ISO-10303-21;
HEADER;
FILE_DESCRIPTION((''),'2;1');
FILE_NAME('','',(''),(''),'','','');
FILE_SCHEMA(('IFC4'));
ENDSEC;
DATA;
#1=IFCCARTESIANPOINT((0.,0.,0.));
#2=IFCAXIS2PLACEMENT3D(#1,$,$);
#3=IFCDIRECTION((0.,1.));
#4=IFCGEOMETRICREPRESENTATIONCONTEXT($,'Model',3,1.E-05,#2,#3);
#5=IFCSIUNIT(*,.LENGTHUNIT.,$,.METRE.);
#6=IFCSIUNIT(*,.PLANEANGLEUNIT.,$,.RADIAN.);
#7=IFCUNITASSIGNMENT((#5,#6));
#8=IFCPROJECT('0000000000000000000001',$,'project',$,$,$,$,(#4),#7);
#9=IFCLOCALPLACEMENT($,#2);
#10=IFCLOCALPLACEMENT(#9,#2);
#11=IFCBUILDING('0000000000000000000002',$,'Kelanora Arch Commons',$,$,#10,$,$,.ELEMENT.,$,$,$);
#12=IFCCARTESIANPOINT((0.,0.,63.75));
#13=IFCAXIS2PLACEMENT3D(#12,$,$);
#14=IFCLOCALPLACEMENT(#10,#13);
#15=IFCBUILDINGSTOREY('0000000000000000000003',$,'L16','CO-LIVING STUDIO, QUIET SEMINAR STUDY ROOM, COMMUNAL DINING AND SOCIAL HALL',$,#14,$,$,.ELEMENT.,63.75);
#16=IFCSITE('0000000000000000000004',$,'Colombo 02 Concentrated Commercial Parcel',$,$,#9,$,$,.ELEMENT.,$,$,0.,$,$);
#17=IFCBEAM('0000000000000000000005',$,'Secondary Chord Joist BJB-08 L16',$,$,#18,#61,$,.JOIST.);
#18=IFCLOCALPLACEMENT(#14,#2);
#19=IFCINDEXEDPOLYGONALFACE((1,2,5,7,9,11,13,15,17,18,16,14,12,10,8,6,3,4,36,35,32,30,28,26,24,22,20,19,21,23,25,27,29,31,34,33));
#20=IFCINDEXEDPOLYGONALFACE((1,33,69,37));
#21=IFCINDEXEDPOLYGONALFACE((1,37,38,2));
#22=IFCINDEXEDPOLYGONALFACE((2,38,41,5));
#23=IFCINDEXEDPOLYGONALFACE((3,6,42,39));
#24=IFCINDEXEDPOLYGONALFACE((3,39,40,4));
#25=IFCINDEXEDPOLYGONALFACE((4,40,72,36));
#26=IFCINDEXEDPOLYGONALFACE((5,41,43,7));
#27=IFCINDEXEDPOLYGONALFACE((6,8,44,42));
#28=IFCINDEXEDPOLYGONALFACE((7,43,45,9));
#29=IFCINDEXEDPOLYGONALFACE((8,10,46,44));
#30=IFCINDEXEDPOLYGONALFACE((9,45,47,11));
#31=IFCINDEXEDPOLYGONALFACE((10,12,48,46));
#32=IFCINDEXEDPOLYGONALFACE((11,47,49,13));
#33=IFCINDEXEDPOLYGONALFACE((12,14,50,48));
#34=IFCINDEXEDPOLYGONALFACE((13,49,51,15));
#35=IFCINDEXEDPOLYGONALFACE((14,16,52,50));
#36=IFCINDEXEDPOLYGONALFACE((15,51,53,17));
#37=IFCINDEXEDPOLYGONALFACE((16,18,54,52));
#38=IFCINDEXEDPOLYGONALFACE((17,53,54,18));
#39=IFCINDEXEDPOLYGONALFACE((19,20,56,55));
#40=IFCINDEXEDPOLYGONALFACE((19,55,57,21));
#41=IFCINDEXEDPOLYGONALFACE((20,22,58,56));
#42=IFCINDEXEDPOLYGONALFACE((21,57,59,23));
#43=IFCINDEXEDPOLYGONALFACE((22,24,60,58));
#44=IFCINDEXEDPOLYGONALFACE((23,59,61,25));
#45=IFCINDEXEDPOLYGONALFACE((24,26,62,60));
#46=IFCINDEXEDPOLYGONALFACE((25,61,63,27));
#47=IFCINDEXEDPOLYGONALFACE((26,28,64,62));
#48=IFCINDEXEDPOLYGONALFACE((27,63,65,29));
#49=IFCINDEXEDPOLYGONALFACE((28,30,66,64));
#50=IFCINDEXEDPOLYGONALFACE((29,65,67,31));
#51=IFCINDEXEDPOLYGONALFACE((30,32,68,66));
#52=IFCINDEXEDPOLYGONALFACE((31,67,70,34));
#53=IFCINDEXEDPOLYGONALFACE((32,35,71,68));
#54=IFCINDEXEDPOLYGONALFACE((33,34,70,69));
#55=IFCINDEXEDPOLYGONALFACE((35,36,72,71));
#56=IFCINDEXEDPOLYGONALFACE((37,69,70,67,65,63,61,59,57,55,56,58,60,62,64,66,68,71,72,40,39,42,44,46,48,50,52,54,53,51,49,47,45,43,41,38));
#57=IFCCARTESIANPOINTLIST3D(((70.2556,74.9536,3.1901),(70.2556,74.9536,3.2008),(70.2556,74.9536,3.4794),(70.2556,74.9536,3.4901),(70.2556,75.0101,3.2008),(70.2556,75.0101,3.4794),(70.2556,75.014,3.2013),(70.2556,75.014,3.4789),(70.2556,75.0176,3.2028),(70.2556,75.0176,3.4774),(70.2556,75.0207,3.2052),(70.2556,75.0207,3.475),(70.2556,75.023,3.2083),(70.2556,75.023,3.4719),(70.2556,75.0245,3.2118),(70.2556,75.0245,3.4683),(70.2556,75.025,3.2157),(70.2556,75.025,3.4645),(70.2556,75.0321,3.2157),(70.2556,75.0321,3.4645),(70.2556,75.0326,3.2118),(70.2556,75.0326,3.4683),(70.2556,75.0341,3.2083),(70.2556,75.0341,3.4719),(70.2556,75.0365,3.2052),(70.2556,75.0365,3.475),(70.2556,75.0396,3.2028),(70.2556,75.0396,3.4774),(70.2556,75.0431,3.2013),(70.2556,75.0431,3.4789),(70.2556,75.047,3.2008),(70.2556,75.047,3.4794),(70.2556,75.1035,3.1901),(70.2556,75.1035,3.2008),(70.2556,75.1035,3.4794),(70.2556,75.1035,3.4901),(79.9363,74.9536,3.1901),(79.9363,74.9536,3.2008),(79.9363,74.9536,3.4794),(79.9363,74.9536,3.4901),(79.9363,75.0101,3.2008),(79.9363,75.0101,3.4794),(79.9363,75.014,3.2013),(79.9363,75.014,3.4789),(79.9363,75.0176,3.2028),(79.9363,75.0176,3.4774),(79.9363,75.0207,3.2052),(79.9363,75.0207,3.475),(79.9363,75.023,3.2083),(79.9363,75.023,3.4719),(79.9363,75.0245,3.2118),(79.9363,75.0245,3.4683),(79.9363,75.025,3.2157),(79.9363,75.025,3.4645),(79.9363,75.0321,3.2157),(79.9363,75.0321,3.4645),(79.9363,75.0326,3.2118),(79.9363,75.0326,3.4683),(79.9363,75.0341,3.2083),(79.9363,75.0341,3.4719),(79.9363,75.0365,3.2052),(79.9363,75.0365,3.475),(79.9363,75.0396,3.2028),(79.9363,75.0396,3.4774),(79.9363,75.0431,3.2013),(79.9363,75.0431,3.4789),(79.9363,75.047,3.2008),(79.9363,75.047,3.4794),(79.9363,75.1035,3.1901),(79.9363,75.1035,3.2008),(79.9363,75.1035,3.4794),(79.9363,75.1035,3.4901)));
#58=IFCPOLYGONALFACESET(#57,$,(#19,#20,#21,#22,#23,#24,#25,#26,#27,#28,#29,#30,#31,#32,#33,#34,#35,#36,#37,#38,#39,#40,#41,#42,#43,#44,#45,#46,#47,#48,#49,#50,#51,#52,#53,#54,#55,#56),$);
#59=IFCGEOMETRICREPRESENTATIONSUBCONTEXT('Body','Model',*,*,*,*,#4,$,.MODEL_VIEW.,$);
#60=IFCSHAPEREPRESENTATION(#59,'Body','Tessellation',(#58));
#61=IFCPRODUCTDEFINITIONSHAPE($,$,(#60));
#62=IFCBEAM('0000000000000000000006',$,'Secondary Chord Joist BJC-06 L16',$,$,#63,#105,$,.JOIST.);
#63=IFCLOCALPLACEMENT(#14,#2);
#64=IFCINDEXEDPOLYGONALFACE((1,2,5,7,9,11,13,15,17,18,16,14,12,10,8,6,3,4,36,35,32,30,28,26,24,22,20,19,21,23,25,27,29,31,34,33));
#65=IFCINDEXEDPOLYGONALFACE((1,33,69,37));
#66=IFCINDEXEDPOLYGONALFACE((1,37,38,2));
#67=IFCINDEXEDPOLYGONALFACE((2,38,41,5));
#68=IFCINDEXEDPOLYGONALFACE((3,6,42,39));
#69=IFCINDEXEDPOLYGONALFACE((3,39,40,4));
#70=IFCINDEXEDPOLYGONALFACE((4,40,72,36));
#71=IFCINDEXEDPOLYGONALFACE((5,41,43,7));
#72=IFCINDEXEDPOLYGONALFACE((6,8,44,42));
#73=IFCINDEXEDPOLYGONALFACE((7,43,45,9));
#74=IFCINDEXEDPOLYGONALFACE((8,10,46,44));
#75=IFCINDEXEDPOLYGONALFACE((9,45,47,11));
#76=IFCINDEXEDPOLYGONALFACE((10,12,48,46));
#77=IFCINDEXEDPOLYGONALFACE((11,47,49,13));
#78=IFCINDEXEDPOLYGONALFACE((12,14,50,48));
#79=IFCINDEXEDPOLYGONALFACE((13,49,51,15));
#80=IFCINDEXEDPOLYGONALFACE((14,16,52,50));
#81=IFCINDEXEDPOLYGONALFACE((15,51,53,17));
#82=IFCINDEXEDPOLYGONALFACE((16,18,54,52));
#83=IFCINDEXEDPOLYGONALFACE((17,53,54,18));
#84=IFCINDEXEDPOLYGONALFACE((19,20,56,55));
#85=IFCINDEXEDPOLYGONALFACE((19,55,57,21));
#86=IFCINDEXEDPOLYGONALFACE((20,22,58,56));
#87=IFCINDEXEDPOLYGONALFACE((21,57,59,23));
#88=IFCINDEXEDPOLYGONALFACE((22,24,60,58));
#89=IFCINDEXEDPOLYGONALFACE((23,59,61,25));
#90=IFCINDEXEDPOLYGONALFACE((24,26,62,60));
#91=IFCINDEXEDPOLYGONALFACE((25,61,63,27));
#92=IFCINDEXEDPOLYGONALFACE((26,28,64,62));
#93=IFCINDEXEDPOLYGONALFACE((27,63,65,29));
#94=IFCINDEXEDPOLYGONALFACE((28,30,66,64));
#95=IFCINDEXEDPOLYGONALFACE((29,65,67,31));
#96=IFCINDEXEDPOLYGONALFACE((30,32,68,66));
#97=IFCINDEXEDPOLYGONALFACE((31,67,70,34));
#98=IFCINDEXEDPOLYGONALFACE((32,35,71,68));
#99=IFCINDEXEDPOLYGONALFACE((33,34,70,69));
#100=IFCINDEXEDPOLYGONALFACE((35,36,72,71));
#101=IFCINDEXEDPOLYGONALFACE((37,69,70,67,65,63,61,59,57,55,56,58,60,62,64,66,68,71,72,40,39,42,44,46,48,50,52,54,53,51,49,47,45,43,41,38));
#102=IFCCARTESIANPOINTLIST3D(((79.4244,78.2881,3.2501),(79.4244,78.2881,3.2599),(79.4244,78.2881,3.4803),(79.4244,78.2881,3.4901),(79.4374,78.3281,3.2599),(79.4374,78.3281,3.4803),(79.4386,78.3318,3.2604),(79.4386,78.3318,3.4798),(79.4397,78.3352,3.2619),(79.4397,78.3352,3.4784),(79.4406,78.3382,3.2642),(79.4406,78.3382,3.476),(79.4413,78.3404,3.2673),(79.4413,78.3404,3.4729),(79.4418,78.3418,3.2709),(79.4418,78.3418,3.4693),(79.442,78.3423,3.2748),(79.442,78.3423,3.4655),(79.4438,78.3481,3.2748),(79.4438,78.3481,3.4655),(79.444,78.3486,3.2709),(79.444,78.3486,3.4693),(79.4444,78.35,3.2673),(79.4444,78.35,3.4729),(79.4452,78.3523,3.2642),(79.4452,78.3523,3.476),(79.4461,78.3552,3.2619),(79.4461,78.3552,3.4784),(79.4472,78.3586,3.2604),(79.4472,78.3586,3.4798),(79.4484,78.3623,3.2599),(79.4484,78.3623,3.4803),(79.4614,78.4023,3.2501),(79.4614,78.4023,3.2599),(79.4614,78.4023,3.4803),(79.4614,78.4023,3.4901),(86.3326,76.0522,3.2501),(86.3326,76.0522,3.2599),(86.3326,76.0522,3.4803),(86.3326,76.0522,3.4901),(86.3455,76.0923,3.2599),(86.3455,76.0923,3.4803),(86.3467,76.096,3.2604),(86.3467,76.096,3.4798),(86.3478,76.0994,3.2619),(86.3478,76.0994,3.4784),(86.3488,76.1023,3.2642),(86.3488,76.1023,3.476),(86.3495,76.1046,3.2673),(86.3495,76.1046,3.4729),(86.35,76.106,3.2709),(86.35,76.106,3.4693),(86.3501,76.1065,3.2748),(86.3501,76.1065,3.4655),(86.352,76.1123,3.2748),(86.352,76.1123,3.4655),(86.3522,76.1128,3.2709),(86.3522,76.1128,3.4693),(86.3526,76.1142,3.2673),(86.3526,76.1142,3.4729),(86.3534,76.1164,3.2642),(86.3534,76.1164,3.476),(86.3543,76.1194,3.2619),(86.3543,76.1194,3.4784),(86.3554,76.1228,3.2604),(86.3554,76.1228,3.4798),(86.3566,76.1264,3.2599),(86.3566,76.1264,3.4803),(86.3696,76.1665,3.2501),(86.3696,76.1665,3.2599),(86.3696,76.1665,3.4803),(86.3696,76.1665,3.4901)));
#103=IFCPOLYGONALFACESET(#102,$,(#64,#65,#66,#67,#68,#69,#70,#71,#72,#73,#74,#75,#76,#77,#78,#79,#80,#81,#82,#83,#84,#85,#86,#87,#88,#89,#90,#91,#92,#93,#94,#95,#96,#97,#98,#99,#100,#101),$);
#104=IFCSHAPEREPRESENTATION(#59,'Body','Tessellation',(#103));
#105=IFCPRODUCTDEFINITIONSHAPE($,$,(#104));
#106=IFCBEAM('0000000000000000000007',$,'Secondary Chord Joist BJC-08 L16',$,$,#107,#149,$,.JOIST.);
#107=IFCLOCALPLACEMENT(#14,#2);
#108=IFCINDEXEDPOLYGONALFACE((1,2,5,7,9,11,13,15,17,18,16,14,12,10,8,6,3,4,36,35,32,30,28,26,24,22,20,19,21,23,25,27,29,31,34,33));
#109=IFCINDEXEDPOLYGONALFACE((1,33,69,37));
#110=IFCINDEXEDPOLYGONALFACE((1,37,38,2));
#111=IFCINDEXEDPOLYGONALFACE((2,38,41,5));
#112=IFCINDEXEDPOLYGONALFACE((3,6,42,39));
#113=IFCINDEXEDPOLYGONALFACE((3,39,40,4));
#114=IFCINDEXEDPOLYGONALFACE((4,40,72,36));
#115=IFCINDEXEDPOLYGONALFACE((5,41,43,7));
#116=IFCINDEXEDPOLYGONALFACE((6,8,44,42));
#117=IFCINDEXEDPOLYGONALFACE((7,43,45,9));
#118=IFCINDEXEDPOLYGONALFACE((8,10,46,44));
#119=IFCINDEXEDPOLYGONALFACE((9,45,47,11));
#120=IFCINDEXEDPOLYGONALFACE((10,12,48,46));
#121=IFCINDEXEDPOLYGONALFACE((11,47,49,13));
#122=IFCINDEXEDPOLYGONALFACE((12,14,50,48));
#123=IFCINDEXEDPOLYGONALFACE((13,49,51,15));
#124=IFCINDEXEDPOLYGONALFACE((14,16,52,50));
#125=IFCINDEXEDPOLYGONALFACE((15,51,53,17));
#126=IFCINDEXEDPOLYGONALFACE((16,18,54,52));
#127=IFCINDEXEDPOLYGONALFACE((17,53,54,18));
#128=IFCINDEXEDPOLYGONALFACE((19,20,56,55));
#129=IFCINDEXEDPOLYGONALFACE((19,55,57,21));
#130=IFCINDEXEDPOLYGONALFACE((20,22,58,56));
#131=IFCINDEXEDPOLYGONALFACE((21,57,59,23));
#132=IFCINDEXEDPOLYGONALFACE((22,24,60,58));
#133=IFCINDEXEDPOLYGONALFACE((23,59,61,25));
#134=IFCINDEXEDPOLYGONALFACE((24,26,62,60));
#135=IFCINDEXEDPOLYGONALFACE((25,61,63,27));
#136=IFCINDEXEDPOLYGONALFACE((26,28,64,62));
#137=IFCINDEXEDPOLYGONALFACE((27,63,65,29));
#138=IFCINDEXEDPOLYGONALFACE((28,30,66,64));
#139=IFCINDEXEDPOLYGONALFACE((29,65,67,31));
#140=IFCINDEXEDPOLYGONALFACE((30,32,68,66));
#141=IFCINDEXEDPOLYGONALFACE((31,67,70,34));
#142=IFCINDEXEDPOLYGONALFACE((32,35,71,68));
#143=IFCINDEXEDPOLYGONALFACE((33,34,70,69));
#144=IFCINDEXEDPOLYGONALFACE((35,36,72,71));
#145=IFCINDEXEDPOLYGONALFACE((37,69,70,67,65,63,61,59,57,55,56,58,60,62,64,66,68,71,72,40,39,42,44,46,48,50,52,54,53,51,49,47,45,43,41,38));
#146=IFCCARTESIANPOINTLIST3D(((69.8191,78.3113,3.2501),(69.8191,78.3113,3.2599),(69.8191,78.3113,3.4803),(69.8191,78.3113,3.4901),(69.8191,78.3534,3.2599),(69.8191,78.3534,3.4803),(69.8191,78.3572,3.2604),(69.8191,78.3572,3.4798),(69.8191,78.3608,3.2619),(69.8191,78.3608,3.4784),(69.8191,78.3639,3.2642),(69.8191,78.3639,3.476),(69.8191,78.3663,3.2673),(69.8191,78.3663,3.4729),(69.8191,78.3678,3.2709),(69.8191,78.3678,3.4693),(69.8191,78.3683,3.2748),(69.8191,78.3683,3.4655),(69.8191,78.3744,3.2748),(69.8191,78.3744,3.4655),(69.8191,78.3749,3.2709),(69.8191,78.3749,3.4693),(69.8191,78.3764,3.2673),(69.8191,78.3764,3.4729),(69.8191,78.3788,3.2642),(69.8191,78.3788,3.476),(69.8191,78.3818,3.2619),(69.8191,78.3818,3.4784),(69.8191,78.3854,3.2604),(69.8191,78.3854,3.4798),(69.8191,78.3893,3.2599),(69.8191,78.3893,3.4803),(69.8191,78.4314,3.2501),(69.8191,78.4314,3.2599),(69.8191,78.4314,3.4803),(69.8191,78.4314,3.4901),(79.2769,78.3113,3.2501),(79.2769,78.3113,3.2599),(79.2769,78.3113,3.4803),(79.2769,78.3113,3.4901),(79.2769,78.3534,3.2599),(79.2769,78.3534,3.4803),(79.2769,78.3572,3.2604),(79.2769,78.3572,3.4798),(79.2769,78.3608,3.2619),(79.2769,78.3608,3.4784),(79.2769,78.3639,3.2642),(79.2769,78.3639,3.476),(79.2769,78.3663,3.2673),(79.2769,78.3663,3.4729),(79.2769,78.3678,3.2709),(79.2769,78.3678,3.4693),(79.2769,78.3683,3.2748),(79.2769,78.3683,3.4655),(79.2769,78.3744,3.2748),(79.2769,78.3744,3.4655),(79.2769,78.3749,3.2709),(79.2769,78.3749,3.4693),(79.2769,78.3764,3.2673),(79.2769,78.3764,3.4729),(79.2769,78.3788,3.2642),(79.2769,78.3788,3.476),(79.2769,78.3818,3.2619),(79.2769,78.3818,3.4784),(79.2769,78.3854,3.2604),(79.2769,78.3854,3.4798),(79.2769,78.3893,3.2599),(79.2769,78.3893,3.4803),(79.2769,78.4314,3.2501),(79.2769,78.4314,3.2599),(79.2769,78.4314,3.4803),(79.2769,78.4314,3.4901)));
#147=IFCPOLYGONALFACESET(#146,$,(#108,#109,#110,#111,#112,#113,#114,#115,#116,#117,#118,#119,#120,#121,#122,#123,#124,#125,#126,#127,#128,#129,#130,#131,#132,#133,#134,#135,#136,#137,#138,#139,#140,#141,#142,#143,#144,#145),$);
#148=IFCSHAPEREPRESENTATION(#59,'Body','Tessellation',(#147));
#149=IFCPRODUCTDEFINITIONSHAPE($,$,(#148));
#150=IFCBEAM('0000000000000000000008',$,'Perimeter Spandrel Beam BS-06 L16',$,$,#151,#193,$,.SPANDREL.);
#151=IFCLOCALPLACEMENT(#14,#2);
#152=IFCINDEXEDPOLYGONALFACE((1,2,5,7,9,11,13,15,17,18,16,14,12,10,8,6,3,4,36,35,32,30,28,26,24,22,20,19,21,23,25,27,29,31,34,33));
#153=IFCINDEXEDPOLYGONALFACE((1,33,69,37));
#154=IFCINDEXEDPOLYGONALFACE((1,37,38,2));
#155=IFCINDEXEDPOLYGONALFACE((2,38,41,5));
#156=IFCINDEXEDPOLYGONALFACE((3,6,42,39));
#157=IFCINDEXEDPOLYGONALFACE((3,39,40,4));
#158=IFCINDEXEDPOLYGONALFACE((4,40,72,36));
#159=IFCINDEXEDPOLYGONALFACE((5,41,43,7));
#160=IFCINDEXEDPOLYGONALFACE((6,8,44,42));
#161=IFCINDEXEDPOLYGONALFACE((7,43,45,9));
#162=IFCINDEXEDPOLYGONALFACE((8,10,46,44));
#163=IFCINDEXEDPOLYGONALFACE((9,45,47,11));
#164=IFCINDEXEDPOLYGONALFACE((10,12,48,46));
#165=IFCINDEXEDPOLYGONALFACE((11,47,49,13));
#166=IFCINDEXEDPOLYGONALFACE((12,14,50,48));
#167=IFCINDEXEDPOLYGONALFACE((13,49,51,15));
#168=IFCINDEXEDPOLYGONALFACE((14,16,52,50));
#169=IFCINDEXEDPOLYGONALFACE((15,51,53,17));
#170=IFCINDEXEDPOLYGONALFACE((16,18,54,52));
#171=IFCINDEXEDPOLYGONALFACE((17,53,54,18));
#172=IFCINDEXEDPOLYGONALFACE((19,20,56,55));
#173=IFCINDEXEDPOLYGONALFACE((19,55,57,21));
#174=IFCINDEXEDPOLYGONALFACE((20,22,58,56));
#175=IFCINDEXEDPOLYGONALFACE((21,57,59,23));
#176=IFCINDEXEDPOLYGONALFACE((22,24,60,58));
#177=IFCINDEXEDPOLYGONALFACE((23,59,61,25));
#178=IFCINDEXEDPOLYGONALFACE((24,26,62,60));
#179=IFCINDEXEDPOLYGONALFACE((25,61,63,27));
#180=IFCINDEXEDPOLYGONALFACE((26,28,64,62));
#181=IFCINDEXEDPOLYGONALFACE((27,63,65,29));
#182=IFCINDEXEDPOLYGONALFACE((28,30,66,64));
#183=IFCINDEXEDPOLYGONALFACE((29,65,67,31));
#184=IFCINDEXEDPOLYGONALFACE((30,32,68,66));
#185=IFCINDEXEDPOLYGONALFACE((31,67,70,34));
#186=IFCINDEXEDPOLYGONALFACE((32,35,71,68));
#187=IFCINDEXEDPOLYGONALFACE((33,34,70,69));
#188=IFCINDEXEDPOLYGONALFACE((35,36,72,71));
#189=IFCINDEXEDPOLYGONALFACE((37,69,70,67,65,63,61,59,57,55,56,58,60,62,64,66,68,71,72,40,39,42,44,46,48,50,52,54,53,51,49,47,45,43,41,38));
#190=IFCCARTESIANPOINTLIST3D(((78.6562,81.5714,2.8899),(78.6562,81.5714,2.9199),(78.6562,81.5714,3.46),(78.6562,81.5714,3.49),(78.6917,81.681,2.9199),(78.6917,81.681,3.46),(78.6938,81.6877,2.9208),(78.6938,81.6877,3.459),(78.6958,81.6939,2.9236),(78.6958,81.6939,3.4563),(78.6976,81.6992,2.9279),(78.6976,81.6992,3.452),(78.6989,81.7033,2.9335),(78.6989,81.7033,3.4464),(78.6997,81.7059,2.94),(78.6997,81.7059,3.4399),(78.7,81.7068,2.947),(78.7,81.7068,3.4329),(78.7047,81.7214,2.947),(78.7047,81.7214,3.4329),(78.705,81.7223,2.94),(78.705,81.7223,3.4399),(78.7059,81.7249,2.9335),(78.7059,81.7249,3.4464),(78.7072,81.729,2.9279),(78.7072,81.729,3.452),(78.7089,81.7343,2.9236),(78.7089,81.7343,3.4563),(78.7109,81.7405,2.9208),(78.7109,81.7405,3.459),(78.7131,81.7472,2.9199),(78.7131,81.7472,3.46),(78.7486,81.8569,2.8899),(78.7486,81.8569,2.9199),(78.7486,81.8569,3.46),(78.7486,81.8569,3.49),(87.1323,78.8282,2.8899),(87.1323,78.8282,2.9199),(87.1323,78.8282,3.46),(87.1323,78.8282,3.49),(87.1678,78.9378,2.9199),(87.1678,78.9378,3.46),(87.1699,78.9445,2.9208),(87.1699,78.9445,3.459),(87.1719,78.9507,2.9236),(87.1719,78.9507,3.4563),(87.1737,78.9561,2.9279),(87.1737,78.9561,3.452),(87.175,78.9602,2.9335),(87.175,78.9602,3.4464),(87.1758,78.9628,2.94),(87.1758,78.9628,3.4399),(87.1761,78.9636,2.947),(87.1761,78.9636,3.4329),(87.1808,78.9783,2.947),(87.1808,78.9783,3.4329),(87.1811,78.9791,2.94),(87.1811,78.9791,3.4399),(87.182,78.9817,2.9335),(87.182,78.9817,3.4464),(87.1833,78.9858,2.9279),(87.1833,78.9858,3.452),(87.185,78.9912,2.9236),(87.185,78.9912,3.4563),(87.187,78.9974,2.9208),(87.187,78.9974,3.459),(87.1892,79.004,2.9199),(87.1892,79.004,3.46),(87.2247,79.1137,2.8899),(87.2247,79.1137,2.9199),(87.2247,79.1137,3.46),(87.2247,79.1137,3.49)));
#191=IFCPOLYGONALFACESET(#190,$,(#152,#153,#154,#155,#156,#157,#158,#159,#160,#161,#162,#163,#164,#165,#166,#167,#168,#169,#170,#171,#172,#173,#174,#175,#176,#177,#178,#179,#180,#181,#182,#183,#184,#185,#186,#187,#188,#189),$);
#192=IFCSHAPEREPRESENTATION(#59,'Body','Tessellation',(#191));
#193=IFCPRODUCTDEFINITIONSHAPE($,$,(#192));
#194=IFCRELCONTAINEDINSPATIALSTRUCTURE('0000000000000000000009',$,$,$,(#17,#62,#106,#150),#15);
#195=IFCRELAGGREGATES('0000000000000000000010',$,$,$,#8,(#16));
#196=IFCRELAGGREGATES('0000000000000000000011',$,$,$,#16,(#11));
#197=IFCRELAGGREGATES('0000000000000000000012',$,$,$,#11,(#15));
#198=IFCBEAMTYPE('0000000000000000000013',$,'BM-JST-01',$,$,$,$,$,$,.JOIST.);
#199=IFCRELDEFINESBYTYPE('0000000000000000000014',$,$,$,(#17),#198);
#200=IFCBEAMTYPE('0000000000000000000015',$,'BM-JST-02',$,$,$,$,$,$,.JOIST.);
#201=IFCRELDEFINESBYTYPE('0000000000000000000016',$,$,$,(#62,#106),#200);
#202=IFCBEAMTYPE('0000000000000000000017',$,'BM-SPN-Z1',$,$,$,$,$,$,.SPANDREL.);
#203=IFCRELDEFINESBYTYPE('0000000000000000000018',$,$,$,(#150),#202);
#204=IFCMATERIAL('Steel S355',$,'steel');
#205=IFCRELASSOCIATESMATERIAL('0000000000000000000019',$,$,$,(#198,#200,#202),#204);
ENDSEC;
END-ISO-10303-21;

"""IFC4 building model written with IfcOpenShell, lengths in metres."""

from ifc_helpers import new_model, si_unit, direction, frame, origin, origin_2d, place, context, subcontext, project, spatial, i_section, extrude, material, material_profile, profile_set, type_object, element, save


model = new_model("IFC4")

# Units and contexts
model_context = context("Model", 3, precision=1e-05, world=origin(), true_north=direction((0.0, 1.0)))
body_context = subcontext(model_context, "Body", "Model", "MODEL_VIEW")
ifc_project = project(units=[si_unit("LENGTHUNIT", "METRE"), si_unit("PLANEANGLEUNIT", "RADIAN")], contexts=[model_context])

# Site, building, storey
site_placement = place(None, origin())
site = spatial("IfcSite", under=ifc_project, at=site_placement, Name="Colombo 02 Concentrated Commercial Parcel", CompositionType="ELEMENT", RefElevation=0.0)
building_placement = place(site_placement, origin())
building = spatial("IfcBuilding", under=site, at=building_placement, Name="Kelanora Arch Commons", CompositionType="ELEMENT")
storey_placement = place(building_placement, frame((0.0, 0.0, 63.75)))
storey = spatial("IfcBuildingStorey", under=building, at=storey_placement, Name="L16", Description="CO-LIVING STUDIO, QUIET SEMINAR STUDY ROOM, COMMUNAL DINING AND SOCIAL HALL", CompositionType="ELEMENT", Elevation=63.75)

# Beams
ifc_material_1 = material(Name="Steel S355", Category="steel")
ifc_material_profile_1 = material_profile(ifc_material_1, i_section(OverallWidth=0.1499, OverallDepth=0.3, WebThickness=0.0071, FlangeThickness=0.0107, FilletRadius=0.0149, at=origin_2d()), Name="IPE300")
ifc_profile_set_1 = profile_set([ifc_material_profile_1], Name="Steel S355")
beam_type_1 = type_object("IfcBeamType", Name="BM-JST-01", PredefinedType="JOIST", material=ifc_profile_set_1)
beam_1_placement = place(storey_placement, frame((79.9363, 75.0286, 3.3401), z_axis=(-1.0, 0.0, 0.0), x_axis=(0.0, -1.0, 0.0)))
element("IfcBeam", 1, at=beam_1_placement, inside=storey, type_object=beam_type_1, Name="Secondary Chord Joist BJB-08 L16", PredefinedType="JOIST", context=body_context, shape_type="SweptSolid", body=[
    extrude(i_section(OverallWidth=0.1499, OverallDepth=0.3, WebThickness=0.0071, FlangeThickness=0.0107, FilletRadius=0.0149, at=origin_2d()), origin(), (0.0, 0.0, 1.0), 9.6807),
])
ifc_material_profile_2 = material_profile(ifc_material_1, i_section(OverallWidth=0.1201, OverallDepth=0.24, WebThickness=0.0061, FlangeThickness=0.0098, FilletRadius=0.0149, at=origin_2d()), Name="IPE240")
ifc_profile_set_2 = profile_set([ifc_material_profile_2], Name="Steel S355")
beam_type_2 = type_object("IfcBeamType", Name="BM-JST-02", PredefinedType="JOIST", material=ifc_profile_set_2)
beam_2_placement = place(storey_placement, frame((86.3511, 76.1094, 3.3701), z_axis=(-0.951411, 0.307924, 0.0), x_axis=(-0.307924, -0.951411, 0.0)))
element("IfcBeam", 2, at=beam_2_placement, inside=storey, type_object=beam_type_2, Name="Secondary Chord Joist BJC-06 L16", PredefinedType="JOIST", context=body_context, shape_type="SweptSolid", body=[
    extrude(i_section(OverallWidth=0.1201, OverallDepth=0.24, WebThickness=0.0061, FlangeThickness=0.0098, FilletRadius=0.0149, at=origin_2d()), origin(), (0.0, 0.0, 1.0), 7.261),
])
beam_3_placement = place(storey_placement, frame((79.2769, 78.3713, 3.3701), z_axis=(-1.0, 0.0, 0.0), x_axis=(0.0, -1.0, 0.0)))
element("IfcBeam", 3, at=beam_3_placement, inside=storey, type_object=beam_type_2, Name="Secondary Chord Joist BJC-08 L16", PredefinedType="JOIST", context=body_context, shape_type="SweptSolid", body=[
    extrude(i_section(OverallWidth=0.1201, OverallDepth=0.24, WebThickness=0.0061, FlangeThickness=0.0098, FilletRadius=0.0149, at=origin_2d()), origin(), (0.0, 0.0, 1.0), 9.4578),
])
ifc_material_profile_3 = material_profile(ifc_material_1, i_section(OverallWidth=0.3, OverallDepth=0.6001, WebThickness=0.0154, FlangeThickness=0.03, FilletRadius=0.0271, at=origin_2d()), Name="HEB600")
ifc_profile_set_3 = profile_set([ifc_material_profile_3], Name="Steel S355")
beam_type_3 = type_object("IfcBeamType", Name="BM-SPN-Z1", PredefinedType="SPANDREL", material=ifc_profile_set_3)
beam_4_placement = place(storey_placement, frame((87.1785, 78.9709, 3.1899), z_axis=(-0.951415, 0.307912, 0.0), x_axis=(-0.307912, -0.951415, 0.0)))
element("IfcBeam", 4, at=beam_4_placement, inside=storey, type_object=beam_type_3, Name="Perimeter Spandrel Beam BS-06 L16", PredefinedType="SPANDREL", context=body_context, shape_type="SweptSolid", body=[
    extrude(i_section(OverallWidth=0.3, OverallDepth=0.6001, WebThickness=0.0154, FlangeThickness=0.03, FilletRadius=0.0271, at=origin_2d()), origin(), (0.0, 0.0, 1.0), 8.9089),
])

save(model, "model.ifc")
